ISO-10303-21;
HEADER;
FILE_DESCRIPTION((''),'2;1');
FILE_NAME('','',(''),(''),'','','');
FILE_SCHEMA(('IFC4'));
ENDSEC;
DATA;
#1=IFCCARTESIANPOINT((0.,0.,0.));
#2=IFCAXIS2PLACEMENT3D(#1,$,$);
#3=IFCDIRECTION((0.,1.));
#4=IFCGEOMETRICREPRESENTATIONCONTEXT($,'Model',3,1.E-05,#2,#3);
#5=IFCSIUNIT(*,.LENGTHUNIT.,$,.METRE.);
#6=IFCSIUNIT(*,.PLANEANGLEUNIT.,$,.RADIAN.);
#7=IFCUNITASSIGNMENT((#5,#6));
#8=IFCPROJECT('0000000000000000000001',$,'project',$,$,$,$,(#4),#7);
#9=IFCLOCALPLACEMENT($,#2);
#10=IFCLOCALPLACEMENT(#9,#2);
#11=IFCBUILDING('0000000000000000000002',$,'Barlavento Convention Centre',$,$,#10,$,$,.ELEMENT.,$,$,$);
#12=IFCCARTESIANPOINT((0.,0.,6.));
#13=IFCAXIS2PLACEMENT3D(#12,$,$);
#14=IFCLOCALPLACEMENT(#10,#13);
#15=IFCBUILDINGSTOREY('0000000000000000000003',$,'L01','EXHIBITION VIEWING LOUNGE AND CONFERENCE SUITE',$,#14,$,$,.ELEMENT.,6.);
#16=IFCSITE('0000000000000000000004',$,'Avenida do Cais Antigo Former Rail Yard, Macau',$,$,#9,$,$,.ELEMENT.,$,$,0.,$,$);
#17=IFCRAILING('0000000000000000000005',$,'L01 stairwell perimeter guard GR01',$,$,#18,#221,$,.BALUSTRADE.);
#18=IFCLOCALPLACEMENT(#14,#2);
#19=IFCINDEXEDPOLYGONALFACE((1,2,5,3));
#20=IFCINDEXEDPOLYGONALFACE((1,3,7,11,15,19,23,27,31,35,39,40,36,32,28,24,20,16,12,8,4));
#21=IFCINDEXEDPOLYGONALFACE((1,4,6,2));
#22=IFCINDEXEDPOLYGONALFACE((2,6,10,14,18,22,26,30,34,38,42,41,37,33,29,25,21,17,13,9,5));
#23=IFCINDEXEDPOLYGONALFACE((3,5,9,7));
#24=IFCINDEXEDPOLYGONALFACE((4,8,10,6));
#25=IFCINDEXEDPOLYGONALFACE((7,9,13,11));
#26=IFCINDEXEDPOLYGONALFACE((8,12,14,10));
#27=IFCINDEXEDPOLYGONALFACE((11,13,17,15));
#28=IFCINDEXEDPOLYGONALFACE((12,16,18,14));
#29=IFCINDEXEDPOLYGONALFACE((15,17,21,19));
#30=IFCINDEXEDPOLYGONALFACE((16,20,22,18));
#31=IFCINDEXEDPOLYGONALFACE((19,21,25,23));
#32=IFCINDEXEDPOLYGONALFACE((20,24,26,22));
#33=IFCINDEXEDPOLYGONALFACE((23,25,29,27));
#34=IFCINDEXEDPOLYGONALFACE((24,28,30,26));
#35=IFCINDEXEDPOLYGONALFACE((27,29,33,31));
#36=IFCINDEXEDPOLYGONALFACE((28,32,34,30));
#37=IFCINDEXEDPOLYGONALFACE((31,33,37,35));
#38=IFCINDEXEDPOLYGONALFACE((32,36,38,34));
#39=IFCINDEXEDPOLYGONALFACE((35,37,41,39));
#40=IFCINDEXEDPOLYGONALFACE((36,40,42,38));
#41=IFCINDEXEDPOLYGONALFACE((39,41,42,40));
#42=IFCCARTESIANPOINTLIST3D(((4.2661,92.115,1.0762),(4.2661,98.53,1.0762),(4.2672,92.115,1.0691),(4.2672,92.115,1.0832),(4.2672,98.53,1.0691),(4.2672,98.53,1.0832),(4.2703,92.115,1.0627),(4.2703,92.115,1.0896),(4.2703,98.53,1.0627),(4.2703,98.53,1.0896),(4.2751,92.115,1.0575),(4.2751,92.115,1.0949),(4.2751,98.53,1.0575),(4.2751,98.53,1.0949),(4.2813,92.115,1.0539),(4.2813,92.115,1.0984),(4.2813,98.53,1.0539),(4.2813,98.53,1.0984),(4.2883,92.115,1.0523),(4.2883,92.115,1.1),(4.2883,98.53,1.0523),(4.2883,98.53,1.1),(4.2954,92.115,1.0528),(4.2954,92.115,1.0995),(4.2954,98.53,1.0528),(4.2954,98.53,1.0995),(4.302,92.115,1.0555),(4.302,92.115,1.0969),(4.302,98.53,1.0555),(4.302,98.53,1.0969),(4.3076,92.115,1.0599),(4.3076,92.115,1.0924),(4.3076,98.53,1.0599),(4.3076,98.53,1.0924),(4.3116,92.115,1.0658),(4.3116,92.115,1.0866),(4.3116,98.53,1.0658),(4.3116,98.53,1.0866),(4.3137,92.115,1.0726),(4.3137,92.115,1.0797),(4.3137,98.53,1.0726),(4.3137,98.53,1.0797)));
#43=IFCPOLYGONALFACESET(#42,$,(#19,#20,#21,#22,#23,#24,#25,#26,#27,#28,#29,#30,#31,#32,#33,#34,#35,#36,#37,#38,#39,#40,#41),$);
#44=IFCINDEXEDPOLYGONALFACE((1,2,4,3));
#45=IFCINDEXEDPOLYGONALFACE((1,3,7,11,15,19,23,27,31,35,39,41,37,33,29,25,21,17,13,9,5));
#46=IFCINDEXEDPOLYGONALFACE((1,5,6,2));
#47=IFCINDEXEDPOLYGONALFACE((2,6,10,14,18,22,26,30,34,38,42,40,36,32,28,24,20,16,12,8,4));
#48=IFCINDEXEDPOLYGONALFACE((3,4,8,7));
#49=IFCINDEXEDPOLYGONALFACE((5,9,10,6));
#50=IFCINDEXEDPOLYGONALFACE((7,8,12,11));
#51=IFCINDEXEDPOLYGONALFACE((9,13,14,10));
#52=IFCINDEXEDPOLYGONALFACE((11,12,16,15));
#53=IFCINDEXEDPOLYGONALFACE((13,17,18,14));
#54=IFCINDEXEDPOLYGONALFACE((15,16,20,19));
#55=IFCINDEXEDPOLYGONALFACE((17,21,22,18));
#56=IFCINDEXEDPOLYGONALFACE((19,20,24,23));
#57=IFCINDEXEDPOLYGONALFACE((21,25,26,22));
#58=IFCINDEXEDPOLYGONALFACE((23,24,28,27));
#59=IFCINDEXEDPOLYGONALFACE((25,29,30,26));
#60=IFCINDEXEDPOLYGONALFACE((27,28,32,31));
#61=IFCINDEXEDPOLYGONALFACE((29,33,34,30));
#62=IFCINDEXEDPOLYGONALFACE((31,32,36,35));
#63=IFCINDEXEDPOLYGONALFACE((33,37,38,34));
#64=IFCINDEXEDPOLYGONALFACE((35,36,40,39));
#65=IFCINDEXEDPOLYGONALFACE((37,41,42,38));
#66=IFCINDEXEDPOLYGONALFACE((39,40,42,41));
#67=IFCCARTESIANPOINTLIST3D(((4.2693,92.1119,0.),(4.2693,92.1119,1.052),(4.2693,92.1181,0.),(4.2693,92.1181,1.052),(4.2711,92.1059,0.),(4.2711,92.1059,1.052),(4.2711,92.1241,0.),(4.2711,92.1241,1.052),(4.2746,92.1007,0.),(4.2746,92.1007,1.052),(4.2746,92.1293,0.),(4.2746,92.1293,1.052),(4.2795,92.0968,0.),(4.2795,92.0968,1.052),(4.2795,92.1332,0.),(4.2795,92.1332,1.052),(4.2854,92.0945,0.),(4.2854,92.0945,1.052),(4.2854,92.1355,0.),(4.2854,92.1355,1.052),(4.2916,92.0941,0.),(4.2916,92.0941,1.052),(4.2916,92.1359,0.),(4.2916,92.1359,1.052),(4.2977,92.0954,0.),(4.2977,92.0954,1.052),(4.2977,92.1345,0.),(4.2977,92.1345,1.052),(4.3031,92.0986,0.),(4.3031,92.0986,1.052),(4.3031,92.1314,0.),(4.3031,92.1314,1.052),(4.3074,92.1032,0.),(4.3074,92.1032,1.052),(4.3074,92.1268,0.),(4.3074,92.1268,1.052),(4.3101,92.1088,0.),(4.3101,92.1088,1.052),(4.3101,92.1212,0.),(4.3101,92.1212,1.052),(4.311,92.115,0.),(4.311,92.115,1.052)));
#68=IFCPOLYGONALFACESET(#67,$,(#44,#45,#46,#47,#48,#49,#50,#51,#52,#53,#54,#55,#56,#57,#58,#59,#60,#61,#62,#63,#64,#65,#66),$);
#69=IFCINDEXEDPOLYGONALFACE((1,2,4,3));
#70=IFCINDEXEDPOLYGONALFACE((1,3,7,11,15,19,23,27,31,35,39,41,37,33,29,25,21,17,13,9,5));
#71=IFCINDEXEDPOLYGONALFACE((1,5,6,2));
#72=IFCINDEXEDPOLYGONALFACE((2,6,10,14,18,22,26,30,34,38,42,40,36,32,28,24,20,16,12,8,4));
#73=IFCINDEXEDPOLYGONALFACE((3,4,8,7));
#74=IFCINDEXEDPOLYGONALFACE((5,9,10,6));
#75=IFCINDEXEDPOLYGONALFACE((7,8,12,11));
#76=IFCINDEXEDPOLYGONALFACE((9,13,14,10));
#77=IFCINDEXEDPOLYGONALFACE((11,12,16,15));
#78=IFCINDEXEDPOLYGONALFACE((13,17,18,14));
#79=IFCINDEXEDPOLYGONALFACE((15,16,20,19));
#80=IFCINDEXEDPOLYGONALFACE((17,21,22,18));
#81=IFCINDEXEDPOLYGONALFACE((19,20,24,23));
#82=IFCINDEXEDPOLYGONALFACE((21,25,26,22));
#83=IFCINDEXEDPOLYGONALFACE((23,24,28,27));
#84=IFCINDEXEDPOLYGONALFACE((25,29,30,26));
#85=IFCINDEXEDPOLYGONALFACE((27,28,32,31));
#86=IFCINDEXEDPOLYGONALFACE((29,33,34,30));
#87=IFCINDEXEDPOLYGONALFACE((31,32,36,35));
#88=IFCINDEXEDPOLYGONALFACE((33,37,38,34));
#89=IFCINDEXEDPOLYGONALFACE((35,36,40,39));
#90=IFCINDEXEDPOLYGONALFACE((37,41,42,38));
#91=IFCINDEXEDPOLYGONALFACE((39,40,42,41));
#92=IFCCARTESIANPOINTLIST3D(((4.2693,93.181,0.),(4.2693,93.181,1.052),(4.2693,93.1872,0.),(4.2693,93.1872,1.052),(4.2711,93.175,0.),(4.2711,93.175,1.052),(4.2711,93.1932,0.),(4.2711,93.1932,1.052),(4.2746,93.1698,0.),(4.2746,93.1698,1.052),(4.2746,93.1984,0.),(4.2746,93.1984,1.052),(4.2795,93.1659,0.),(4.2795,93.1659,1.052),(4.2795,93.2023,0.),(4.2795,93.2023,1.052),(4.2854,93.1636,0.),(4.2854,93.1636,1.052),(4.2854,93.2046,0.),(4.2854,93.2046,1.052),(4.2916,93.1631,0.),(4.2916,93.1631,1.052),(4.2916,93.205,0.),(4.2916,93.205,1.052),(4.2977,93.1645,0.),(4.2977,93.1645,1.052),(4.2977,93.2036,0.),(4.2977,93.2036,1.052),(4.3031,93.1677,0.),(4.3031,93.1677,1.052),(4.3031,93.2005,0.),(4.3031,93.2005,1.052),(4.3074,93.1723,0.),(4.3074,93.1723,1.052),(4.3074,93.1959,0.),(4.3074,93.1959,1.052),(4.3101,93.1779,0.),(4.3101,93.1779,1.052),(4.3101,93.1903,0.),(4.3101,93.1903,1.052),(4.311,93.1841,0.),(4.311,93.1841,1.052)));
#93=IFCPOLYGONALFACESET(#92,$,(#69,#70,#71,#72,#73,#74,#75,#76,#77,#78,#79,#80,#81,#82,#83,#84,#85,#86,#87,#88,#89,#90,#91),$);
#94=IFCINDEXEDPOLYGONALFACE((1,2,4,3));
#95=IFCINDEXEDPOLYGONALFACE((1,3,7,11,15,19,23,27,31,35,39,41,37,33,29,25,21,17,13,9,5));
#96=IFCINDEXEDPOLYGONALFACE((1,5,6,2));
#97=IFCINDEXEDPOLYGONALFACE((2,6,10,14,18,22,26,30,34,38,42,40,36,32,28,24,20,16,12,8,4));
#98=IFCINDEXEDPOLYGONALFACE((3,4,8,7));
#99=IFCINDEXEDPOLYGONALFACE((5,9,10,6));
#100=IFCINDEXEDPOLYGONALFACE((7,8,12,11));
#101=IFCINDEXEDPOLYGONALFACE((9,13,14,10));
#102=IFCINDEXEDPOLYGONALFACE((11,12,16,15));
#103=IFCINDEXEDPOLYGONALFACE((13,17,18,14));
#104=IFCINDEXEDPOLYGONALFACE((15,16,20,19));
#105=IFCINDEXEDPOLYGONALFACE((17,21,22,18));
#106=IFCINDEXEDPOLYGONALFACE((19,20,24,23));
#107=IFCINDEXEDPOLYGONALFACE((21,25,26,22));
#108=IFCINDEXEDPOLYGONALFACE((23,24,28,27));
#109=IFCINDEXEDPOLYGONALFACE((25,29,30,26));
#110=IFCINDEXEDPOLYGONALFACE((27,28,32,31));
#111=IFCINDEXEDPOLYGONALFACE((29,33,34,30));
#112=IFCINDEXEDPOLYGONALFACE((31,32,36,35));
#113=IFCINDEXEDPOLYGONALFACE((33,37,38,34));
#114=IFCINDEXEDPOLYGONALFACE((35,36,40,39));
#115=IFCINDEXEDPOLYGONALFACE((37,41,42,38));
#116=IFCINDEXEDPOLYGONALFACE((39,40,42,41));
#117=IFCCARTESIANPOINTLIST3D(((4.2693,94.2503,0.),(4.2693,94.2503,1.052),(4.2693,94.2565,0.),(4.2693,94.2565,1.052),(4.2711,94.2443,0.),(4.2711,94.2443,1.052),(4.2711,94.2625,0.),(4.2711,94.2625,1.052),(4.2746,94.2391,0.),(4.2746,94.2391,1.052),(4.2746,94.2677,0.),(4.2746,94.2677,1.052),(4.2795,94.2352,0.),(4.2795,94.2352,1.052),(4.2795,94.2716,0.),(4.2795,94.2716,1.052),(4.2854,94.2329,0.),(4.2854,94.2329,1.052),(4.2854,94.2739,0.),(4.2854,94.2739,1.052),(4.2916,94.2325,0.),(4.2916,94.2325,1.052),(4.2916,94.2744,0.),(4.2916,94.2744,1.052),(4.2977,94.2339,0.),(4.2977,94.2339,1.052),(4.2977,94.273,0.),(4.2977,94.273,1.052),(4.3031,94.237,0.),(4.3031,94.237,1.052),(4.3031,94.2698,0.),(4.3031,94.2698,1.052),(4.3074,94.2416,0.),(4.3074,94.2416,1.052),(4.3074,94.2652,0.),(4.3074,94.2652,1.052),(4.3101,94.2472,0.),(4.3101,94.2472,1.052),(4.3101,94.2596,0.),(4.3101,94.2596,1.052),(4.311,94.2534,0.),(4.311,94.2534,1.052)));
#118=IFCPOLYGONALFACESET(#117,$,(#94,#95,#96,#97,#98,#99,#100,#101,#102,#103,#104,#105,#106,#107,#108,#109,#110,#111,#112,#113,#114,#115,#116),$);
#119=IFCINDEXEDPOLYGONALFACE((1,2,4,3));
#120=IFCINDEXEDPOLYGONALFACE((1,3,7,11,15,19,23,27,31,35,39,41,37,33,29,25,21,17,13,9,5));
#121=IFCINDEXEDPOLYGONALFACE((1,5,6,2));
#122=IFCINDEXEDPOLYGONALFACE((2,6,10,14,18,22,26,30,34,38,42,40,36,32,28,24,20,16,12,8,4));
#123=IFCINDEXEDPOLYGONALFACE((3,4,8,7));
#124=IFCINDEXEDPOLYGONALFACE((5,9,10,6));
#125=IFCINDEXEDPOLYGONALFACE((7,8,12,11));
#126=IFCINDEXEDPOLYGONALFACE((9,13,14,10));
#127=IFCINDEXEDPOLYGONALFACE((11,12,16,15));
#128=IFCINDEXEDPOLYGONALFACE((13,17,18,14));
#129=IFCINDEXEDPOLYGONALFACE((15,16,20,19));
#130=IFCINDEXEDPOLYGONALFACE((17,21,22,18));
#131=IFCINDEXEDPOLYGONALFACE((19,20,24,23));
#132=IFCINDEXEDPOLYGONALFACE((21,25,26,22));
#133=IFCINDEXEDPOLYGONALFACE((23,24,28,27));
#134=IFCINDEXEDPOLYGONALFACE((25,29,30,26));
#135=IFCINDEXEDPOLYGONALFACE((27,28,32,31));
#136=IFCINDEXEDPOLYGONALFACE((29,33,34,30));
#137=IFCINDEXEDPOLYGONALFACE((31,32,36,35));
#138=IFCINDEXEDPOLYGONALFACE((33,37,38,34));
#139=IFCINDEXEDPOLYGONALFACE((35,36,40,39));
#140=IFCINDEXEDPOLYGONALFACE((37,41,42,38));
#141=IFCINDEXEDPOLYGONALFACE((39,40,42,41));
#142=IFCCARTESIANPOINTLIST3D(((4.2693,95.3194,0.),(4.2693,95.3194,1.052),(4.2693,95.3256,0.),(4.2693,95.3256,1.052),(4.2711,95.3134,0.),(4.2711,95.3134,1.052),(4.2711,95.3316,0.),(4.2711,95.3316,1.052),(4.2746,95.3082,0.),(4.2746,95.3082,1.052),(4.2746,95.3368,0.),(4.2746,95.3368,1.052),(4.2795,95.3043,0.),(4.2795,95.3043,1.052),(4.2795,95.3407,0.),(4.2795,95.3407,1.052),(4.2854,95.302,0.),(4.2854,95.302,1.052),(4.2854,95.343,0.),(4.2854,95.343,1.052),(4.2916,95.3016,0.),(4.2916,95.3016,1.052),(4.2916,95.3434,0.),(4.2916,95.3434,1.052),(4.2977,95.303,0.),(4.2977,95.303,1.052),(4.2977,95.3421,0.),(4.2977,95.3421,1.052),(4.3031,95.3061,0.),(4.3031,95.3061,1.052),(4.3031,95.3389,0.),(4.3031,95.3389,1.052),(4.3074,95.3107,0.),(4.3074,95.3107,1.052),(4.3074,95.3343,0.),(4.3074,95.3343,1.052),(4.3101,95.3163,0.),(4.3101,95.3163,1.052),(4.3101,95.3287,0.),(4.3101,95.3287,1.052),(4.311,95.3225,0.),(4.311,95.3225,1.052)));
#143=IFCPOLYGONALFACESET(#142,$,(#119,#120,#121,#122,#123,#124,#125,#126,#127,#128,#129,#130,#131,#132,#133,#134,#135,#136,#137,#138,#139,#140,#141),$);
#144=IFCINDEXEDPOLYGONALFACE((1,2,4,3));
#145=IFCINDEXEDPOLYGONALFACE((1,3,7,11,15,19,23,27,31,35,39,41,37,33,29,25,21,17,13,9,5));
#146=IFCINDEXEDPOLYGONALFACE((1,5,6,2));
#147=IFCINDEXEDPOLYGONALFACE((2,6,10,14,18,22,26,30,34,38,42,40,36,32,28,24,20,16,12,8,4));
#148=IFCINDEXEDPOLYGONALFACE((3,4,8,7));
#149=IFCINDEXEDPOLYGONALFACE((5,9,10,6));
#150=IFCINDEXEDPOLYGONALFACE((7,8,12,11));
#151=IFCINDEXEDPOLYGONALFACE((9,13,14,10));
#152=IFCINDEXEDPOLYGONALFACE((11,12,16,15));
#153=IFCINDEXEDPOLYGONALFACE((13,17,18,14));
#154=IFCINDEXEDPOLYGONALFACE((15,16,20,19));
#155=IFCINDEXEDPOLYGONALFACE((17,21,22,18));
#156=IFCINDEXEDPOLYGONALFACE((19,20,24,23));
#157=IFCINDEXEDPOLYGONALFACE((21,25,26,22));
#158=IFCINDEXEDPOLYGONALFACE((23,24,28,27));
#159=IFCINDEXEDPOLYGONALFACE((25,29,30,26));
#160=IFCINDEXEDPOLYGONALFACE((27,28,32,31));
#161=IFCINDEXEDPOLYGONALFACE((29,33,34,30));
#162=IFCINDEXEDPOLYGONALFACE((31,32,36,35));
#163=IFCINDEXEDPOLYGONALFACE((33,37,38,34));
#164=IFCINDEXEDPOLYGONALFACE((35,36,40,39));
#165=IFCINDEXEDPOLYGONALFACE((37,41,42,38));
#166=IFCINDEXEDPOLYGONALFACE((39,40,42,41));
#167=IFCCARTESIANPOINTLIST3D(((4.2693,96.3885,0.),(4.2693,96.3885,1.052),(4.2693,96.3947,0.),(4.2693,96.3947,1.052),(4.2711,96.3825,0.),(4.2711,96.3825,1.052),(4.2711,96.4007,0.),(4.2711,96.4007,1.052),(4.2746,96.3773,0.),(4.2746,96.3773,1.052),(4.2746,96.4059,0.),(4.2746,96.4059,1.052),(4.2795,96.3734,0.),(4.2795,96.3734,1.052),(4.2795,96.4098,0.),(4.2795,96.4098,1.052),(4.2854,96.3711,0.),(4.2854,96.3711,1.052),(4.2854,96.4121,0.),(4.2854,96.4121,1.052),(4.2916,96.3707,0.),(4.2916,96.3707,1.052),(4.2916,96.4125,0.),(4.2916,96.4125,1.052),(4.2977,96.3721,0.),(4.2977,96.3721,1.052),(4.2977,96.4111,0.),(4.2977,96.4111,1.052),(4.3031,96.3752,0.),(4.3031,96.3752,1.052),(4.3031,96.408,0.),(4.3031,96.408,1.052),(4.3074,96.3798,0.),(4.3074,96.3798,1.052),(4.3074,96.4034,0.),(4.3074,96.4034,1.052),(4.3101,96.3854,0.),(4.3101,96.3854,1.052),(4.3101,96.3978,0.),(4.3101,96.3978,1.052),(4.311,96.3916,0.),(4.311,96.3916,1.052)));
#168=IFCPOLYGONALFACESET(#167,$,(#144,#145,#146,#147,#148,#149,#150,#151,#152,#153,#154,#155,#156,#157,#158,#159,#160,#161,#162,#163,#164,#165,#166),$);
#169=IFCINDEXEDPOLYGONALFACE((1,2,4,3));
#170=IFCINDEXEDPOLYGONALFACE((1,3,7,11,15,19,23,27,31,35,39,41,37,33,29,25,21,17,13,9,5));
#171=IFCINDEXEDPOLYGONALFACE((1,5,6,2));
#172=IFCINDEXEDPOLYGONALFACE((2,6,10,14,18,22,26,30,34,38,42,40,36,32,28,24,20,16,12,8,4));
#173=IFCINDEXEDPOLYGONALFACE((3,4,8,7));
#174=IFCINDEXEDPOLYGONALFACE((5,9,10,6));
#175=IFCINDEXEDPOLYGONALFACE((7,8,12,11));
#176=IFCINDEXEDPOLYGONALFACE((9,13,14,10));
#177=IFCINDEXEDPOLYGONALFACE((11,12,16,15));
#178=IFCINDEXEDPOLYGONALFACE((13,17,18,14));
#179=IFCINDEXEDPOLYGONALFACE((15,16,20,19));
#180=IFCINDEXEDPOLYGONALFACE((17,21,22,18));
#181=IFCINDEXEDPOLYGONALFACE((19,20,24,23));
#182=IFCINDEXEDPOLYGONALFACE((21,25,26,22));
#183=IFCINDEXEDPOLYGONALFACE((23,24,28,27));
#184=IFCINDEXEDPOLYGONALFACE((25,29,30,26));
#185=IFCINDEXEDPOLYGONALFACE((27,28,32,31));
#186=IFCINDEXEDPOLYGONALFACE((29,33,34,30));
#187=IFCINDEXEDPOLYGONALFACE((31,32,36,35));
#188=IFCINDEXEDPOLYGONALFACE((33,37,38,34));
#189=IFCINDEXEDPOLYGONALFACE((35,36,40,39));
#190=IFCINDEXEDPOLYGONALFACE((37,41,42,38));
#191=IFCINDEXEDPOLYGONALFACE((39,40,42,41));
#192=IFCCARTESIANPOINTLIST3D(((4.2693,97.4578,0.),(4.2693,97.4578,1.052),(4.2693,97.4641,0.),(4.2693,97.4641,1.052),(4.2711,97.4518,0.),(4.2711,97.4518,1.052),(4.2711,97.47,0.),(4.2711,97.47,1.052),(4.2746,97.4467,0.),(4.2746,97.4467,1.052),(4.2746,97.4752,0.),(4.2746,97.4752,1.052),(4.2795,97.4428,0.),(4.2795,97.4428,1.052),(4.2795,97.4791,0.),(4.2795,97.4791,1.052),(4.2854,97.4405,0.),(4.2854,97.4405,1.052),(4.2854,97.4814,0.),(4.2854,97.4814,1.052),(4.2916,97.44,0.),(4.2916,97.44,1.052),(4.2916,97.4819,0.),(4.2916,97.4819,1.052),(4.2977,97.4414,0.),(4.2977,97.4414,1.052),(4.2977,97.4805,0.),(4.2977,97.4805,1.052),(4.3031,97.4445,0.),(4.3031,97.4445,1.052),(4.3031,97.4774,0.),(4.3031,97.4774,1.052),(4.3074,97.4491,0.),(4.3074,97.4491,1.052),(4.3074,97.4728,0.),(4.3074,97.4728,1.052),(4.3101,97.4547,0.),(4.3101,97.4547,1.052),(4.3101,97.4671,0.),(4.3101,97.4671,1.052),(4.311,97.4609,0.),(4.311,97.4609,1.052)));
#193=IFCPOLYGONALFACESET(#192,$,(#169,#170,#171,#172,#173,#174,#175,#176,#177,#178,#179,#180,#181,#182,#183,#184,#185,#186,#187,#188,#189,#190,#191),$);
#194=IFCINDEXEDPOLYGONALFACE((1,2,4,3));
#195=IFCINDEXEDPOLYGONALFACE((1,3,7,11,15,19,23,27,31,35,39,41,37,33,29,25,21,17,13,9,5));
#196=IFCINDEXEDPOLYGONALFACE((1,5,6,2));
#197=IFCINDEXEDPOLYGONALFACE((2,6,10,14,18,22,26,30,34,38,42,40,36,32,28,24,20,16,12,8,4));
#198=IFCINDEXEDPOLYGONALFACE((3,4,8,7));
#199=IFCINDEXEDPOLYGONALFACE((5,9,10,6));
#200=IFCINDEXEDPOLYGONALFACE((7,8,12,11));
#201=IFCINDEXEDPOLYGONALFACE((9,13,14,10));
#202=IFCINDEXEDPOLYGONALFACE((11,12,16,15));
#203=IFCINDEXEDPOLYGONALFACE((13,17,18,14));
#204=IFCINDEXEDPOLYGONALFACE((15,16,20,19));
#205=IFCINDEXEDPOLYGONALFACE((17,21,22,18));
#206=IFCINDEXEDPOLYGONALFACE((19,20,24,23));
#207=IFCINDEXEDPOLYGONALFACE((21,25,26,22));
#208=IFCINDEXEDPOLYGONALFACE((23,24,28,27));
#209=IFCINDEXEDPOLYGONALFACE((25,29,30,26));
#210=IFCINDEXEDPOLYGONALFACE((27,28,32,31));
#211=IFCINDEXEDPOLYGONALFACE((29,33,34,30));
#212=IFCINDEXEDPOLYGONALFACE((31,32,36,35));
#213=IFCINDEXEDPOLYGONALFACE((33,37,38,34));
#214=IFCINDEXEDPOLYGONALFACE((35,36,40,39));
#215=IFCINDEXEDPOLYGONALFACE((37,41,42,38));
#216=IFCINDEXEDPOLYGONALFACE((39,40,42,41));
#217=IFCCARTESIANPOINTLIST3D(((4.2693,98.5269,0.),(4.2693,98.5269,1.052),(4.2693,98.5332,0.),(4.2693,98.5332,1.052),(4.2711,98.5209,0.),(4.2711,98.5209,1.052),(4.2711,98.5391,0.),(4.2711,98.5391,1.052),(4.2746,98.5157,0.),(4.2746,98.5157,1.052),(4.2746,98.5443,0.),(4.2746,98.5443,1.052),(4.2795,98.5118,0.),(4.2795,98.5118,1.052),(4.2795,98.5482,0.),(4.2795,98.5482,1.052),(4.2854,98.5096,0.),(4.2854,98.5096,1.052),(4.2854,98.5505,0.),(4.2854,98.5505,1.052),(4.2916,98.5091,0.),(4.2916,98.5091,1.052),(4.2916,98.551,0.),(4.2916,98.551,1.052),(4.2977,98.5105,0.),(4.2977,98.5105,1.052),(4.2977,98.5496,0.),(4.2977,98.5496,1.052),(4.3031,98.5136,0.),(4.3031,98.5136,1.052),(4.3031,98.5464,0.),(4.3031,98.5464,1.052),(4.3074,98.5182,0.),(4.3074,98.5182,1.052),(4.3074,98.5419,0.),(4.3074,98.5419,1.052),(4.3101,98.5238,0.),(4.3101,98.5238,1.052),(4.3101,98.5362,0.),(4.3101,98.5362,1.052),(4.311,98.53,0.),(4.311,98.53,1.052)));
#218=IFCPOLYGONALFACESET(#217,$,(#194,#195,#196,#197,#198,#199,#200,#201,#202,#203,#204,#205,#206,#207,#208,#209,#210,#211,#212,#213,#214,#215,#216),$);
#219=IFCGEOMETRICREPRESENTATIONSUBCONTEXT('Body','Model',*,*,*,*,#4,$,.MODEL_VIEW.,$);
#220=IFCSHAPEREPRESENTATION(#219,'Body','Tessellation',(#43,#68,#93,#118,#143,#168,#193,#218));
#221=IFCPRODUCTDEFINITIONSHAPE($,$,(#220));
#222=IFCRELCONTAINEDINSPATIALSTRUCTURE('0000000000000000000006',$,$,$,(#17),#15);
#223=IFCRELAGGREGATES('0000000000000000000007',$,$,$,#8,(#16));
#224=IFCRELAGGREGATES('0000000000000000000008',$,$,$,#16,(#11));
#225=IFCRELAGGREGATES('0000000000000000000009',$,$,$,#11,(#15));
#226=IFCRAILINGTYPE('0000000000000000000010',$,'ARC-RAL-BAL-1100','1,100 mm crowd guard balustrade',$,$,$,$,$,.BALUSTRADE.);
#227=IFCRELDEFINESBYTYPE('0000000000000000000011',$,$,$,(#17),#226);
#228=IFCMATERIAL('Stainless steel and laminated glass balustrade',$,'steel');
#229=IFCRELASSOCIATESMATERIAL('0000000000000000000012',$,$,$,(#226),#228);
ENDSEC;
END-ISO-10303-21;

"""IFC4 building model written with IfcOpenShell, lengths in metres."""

from ifc_helpers import new_model, si_unit, direction, frame, origin, origin_2d, place, context, subcontext, project, spatial, circle, extrude, material, type_object, element, save


model = new_model("IFC4")

# Units and contexts
model_context = context("Model", 3, precision=1e-05, world=origin(), true_north=direction((0.0, 1.0)))
body_context = subcontext(model_context, "Body", "Model", "MODEL_VIEW")
ifc_project = project(units=[si_unit("LENGTHUNIT", "METRE"), si_unit("PLANEANGLEUNIT", "RADIAN")], contexts=[model_context])

# Site, building, storey
site_placement = place(None, origin())
site = spatial("IfcSite", under=ifc_project, at=site_placement, Name="Avenida do Cais Antigo Former Rail Yard, Macau", CompositionType="ELEMENT", RefElevation=0.0)
building_placement = place(site_placement, origin())
building = spatial("IfcBuilding", under=site, at=building_placement, Name="Barlavento Convention Centre", CompositionType="ELEMENT")
storey_placement = place(building_placement, frame((0.0, 0.0, 6.0)))
storey = spatial("IfcBuildingStorey", under=building, at=storey_placement, Name="L01", Description="EXHIBITION VIEWING LOUNGE AND CONFERENCE SUITE", CompositionType="ELEMENT", Elevation=6.0)

# Railing
ifc_material_1 = material(Name="Stainless steel and laminated glass balustrade", Category="steel")
railing_type = type_object("IfcRailingType", Name="ARC-RAL-BAL-1100", Description="1,100 mm crowd guard balustrade", PredefinedType="BALUSTRADE", material=ifc_material_1)
railing_1_placement = place(storey_placement, frame((4.29, 92.115, 0.0)))
element("IfcRailing", 1, at=railing_1_placement, inside=storey, type_object=railing_type, Name="L01 stairwell perimeter guard GR01", PredefinedType="BALUSTRADE", context=body_context, shape_type="SweptSolid", body=[
    extrude(circle(Radius=0.0239, at=origin_2d()), frame((0.0, 0.0, 1.0762), z_axis=(0.0, 1.0, 0.0), x_axis=(-1.0, 0.0, 0.0)), (0.0, 0.0, 1.0), 6.415),
    extrude(circle(Radius=0.021, at=origin_2d()), origin(), (0.0, 0.0, 1.0), 1.052),
    extrude(circle(Radius=0.021, at=origin_2d()), frame((0.0, 1.0691, 0.0)), (0.0, 0.0, 1.0), 1.052),
    extrude(circle(Radius=0.021, at=origin_2d()), frame((0.0, 2.1384, 0.0)), (0.0, 0.0, 1.0), 1.052),
    extrude(circle(Radius=0.021, at=origin_2d()), frame((0.0, 3.2075, 0.0)), (0.0, 0.0, 1.0), 1.052),
    extrude(circle(Radius=0.021, at=origin_2d()), frame((0.0, 4.2766, 0.0)), (0.0, 0.0, 1.0), 1.052),
    extrude(circle(Radius=0.021, at=origin_2d()), frame((0.0, 5.3459, 0.0)), (0.0, 0.0, 1.0), 1.052),
    extrude(circle(Radius=0.021, at=origin_2d()), frame((0.0, 6.415, 0.0)), (0.0, 0.0, 1.0), 1.052),
])

save(model, "model.ifc")
